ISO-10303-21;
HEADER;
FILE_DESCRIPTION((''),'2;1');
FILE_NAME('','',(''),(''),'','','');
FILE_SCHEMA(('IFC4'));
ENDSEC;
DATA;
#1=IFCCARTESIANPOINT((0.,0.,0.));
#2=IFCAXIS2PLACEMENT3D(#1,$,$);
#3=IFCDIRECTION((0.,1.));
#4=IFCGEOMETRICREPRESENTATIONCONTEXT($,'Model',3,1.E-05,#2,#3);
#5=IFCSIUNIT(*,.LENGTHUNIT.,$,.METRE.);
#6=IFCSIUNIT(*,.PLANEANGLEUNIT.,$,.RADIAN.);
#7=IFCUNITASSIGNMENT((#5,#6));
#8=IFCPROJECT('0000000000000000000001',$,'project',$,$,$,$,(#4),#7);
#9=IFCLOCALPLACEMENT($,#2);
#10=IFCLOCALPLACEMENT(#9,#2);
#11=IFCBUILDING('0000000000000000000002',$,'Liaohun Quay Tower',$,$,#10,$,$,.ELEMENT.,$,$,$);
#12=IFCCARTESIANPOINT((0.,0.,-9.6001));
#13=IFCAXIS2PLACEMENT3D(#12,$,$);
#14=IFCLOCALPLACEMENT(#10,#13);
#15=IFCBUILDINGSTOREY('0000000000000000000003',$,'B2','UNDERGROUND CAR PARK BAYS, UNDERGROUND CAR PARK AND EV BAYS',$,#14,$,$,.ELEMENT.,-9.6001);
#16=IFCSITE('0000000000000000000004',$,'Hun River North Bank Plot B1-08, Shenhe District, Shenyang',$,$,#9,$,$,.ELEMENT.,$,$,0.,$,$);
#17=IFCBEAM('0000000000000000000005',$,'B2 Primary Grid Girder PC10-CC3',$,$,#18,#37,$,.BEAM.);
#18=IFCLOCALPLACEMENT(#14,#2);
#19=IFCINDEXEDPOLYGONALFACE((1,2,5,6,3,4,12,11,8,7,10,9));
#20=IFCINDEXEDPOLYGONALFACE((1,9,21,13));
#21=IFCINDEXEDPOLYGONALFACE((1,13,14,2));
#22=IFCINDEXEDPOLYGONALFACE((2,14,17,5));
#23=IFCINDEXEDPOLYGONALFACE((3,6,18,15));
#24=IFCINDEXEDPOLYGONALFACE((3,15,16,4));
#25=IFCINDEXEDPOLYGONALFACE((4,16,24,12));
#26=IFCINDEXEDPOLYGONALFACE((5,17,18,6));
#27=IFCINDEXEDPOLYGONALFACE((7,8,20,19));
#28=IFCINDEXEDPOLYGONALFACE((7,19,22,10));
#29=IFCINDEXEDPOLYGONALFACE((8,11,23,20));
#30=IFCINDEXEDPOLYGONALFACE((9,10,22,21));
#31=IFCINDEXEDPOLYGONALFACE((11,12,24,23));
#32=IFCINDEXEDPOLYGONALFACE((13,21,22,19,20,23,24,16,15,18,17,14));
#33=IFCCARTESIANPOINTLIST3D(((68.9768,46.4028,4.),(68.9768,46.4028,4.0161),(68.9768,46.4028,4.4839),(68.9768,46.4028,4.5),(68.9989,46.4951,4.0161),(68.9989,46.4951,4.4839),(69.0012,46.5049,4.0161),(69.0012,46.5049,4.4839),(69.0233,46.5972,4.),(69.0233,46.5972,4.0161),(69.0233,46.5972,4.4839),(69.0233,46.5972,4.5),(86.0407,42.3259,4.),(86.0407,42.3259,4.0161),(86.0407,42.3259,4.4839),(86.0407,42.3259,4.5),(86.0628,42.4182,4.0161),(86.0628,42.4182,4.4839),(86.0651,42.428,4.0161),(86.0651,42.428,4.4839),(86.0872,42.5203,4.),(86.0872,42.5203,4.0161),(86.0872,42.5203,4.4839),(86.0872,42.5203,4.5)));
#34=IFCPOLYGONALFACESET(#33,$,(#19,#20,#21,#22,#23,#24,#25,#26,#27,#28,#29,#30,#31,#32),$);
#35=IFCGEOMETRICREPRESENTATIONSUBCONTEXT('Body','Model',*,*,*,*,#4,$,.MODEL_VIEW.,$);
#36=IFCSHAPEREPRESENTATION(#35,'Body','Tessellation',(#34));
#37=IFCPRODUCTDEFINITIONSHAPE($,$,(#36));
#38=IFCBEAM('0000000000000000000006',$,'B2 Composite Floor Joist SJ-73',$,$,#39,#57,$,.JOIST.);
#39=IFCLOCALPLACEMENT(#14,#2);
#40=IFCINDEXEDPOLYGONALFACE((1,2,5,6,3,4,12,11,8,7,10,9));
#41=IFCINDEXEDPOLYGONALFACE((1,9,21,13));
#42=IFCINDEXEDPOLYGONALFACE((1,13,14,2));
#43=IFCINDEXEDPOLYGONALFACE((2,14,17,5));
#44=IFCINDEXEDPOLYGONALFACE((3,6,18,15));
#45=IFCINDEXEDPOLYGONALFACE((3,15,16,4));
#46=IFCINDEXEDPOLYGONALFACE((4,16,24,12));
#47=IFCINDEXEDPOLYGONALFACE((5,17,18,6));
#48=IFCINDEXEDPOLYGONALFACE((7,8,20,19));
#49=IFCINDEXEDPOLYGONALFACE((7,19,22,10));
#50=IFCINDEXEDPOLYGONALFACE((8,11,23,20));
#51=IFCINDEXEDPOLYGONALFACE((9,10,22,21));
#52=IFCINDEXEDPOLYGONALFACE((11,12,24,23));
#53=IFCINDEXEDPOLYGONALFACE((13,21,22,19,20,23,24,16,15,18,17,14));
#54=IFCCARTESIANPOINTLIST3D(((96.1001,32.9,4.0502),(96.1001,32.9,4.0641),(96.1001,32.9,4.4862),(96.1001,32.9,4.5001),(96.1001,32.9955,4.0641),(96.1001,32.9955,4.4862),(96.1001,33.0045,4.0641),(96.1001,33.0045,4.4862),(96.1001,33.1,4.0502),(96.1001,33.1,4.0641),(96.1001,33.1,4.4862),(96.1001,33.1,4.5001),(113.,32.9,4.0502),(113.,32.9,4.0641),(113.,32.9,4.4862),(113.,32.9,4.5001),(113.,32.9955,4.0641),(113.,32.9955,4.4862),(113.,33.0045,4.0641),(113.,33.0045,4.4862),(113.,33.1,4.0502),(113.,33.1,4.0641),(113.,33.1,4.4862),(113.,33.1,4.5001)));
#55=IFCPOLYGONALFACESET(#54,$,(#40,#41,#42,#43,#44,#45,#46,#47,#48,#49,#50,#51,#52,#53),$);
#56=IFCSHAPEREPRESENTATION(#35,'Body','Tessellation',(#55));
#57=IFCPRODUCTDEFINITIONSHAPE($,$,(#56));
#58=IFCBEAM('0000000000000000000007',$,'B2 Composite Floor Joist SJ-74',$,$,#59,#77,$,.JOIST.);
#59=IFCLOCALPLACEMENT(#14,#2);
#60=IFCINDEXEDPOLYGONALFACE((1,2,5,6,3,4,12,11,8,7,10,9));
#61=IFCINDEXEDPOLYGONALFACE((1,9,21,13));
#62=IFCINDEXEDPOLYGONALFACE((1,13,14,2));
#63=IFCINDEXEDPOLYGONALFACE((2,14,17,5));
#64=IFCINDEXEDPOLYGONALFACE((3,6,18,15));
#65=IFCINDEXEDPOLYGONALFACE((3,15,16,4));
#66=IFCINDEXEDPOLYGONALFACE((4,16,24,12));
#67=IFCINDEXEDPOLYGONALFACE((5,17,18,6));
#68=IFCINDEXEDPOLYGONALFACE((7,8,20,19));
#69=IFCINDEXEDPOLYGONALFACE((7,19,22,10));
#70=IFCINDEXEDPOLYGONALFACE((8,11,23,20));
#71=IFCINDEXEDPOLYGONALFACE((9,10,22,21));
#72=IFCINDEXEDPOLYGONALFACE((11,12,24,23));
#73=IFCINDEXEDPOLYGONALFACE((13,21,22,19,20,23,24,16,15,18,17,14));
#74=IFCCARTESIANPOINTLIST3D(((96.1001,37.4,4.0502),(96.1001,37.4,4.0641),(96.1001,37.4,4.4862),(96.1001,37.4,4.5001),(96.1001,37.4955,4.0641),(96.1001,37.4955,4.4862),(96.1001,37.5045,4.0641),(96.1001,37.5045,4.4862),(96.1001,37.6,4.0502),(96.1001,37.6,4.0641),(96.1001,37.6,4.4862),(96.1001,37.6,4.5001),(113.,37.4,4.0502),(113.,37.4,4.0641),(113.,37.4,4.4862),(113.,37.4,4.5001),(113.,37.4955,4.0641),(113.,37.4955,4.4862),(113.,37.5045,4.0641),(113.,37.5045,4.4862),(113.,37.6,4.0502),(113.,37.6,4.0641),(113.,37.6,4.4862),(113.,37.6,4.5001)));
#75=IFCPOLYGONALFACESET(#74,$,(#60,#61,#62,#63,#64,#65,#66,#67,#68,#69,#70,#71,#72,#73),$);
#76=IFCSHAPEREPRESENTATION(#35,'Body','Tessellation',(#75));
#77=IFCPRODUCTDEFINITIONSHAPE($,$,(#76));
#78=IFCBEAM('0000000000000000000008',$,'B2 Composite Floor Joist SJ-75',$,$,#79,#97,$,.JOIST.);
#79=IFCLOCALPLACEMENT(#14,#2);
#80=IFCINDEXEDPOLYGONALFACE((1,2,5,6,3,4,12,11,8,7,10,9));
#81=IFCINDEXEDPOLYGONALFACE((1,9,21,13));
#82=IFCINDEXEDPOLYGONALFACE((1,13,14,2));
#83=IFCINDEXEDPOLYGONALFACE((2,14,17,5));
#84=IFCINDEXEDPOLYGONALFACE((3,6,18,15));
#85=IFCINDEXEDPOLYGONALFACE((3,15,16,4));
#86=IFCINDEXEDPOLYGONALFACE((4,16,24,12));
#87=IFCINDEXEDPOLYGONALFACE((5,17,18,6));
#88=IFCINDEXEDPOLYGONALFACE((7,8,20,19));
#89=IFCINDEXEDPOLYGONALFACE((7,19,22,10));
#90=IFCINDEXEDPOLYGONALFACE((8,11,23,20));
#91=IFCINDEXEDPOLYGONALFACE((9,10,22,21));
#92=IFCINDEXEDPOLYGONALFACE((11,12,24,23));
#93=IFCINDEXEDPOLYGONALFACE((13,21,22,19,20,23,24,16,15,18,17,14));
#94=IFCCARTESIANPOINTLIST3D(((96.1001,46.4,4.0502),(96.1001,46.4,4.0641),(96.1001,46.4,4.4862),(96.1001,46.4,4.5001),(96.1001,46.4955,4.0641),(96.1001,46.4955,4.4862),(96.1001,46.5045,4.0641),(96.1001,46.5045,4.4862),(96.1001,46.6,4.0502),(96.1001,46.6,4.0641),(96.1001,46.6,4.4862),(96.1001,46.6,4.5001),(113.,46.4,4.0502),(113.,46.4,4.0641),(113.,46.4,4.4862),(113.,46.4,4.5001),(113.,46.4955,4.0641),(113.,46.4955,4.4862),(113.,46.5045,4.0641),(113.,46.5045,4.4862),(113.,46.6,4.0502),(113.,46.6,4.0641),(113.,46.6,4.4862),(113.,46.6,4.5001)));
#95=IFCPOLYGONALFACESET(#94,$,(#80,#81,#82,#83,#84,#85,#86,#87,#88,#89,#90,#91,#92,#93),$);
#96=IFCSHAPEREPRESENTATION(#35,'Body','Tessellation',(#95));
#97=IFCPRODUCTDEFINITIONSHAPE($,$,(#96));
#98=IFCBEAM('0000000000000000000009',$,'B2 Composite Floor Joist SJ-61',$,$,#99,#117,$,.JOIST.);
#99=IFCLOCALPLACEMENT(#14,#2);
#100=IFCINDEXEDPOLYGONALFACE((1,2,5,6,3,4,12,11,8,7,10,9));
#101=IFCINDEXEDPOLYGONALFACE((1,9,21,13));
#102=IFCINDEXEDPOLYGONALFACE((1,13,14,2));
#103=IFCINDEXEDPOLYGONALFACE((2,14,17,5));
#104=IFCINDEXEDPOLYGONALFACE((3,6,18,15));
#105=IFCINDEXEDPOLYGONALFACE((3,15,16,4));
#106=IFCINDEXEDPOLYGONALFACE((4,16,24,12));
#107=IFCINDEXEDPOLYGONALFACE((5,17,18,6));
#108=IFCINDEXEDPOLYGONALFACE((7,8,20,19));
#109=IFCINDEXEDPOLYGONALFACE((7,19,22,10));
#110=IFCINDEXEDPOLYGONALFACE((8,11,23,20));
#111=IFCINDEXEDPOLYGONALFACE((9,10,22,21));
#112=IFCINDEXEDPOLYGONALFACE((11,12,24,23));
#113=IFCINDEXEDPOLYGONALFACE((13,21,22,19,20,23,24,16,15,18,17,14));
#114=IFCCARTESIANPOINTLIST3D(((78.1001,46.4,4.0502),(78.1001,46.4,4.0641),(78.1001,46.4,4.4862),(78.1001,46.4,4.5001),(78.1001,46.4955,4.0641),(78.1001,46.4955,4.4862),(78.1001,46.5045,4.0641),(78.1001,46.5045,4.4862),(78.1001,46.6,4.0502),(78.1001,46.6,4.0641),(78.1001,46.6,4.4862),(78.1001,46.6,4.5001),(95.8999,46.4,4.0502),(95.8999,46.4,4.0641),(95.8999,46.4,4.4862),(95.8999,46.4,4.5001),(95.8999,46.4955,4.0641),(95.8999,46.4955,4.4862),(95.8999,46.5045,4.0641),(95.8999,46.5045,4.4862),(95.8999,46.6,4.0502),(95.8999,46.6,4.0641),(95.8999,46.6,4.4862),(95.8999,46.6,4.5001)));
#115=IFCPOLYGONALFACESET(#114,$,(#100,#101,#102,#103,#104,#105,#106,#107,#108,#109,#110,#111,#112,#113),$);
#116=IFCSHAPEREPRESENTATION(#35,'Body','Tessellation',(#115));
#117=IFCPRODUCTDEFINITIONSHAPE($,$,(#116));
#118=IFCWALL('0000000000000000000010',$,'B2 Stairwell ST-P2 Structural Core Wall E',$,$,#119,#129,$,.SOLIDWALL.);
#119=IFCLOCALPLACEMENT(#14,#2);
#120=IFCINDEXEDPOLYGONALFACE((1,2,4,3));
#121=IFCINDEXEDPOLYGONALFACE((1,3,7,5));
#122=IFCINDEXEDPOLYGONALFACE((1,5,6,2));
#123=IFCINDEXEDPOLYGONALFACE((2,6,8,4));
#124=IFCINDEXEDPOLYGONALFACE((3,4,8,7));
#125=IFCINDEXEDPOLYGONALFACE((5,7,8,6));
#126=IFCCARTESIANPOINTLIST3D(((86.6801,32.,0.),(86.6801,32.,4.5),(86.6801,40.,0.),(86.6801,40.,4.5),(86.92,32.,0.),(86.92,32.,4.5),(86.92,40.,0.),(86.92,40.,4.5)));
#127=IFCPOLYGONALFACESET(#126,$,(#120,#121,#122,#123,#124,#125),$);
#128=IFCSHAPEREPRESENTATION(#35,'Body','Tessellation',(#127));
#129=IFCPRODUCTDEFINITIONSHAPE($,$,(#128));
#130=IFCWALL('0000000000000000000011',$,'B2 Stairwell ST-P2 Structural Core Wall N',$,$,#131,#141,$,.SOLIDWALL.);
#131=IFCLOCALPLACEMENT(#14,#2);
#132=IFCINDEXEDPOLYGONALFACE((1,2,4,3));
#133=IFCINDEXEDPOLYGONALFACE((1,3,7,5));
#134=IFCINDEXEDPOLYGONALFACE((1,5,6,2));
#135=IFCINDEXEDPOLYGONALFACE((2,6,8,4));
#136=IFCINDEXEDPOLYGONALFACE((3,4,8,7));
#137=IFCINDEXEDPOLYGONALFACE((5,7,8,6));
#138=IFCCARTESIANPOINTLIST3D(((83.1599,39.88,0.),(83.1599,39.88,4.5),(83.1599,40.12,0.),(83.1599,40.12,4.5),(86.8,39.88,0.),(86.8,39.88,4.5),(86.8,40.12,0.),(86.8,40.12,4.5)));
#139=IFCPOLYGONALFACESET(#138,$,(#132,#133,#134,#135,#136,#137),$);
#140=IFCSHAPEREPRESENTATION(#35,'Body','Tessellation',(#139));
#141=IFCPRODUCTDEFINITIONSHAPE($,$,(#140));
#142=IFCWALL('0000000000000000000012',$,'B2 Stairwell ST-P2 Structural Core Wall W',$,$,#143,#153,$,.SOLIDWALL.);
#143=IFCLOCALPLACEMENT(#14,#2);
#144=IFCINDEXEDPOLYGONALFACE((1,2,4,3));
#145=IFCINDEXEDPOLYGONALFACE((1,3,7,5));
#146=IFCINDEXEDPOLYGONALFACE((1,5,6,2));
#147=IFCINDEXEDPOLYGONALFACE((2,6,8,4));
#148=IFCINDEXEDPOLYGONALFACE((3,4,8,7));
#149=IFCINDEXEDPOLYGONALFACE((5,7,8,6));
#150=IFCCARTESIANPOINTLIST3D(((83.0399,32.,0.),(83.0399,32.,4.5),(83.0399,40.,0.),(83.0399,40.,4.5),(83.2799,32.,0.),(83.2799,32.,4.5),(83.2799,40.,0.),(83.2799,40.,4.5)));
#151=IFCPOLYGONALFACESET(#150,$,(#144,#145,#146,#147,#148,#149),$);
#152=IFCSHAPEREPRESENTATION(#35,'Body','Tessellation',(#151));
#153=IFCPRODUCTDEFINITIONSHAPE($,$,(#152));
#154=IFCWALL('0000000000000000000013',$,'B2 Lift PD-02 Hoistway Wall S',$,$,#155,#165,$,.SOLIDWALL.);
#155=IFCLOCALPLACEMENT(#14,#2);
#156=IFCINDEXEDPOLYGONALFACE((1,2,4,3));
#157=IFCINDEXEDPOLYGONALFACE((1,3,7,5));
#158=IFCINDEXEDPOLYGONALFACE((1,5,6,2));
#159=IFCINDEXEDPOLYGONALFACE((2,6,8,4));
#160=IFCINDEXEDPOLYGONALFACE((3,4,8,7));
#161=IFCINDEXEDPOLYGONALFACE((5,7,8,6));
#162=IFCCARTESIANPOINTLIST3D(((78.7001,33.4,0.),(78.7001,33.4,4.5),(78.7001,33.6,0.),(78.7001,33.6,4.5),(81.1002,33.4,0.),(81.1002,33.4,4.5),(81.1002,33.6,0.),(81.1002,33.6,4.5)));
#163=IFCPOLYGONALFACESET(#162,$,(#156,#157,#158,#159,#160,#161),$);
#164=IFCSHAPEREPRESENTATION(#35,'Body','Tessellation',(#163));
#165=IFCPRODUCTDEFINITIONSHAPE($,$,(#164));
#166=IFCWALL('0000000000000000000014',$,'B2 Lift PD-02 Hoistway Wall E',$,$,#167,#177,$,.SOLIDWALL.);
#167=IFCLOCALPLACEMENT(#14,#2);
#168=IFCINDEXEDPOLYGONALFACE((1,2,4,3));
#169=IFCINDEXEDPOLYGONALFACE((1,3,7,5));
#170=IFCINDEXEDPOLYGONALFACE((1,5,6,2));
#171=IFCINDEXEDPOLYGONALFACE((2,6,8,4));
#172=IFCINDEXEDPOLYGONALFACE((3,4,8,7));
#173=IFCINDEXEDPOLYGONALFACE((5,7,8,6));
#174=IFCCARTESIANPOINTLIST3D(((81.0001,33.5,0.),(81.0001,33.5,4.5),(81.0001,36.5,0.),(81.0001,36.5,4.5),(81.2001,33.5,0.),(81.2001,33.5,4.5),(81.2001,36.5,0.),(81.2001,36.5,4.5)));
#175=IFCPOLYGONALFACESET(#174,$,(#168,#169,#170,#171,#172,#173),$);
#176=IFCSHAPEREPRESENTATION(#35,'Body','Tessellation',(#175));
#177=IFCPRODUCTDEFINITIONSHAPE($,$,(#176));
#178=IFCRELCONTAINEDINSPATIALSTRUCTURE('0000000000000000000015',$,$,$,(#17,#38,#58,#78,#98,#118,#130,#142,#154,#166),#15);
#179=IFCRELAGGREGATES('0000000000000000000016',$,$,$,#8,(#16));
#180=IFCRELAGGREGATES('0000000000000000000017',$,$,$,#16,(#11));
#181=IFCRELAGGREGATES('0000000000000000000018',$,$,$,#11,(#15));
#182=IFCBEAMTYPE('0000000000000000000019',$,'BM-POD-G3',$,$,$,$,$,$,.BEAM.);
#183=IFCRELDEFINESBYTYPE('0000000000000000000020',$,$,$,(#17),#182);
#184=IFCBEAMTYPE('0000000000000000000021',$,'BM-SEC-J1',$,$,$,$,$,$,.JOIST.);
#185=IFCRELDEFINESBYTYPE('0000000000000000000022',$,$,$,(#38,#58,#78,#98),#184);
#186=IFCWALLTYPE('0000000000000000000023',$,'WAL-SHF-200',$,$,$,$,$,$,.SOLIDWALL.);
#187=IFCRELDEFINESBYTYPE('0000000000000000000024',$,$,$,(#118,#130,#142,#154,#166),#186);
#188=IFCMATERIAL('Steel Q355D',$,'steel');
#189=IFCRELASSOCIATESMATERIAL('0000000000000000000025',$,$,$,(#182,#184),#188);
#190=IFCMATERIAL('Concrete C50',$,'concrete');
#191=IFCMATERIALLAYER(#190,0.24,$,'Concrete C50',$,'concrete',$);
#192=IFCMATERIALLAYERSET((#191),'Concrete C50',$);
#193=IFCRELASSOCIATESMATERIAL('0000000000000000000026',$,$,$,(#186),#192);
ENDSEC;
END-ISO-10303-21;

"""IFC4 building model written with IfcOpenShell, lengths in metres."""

from ifc_helpers import new_model, si_unit, direction, frame, frame_2d, origin, origin_2d, place, context, subcontext, project, spatial, rectangle, i_section, extrude, source, transform, mapped, material, layer, layer_set, material_profile, profile_set, type_object, element, save


model = new_model("IFC4")

# Units and contexts
model_context = context("Model", 3, precision=1e-05, world=origin(), true_north=direction((0.0, 1.0)))
body_context = subcontext(model_context, "Body", "Model", "MODEL_VIEW")
ifc_project = project(units=[si_unit("LENGTHUNIT", "METRE"), si_unit("PLANEANGLEUNIT", "RADIAN")], contexts=[model_context])

# Site, building, storey
site_placement = place(None, origin())
site = spatial("IfcSite", under=ifc_project, at=site_placement, Name="Hun River North Bank Plot B1-08, Shenhe District, Shenyang", CompositionType="ELEMENT", RefElevation=0.0)
building_placement = place(site_placement, origin())
building = spatial("IfcBuilding", under=site, at=building_placement, Name="Liaohun Quay Tower", CompositionType="ELEMENT")
storey_placement = place(building_placement, frame((0.0, 0.0, -9.6001)))
storey = spatial("IfcBuildingStorey", under=building, at=storey_placement, Name="B2", Description="UNDERGROUND CAR PARK BAYS, UNDERGROUND CAR PARK AND EV BAYS", CompositionType="ELEMENT", Elevation=-9.6001)

# Beams
ifc_material_1 = material(Name="Concrete C50", Category="concrete")
ifc_material_2 = material(Name="Steel Q355D", Category="steel")
ifc_material_profile_1 = material_profile(ifc_material_2, i_section(OverallWidth=0.2, OverallDepth=0.5, WebThickness=0.01, FlangeThickness=0.0161, at=origin_2d()), Name="HN500x200x10x16")
ifc_profile_set_1 = profile_set([ifc_material_profile_1], Name="Steel Q355D")
beam_type_1 = type_object("IfcBeamType", Name="BM-POD-G3", PredefinedType="BEAM", material=ifc_profile_set_1)
shared_shape_1 = source(origin(), body_context, "Body", "SweptSolid", [
    extrude(i_section(OverallWidth=0.2, OverallDepth=0.5, WebThickness=0.01, FlangeThickness=0.0161, at=origin_2d()), origin(), (0.0, 0.0, 1.0), 17.5442),
])
beam_1_placement = place(storey_placement, frame((86.064, 42.4231, 4.25), z_axis=(-0.972625, 0.232379, 0.0), x_axis=(-0.232379, -0.972625, 0.0)))
element("IfcBeam", 1, at=beam_1_placement, inside=storey, type_object=beam_type_1, Name="B2 Primary Grid Girder PC10-CC3", PredefinedType="BEAM", context=body_context, shape_type="MappedRepresentation", body=[
    mapped(shared_shape_1, transform((0.0, 0.0, 0.0), x_axis=(1.0, 0.0, 0.0), y_axis=(0.0, 1.0, 0.0), z_axis=(0.0, 0.0, 1.0), scale=1.0)),
])
ifc_material_profile_2 = material_profile(ifc_material_2, i_section(OverallWidth=0.2, OverallDepth=0.45, WebThickness=0.009, FlangeThickness=0.0139, at=origin_2d()), Name="HN450x200x9x14")
ifc_profile_set_2 = profile_set([ifc_material_profile_2], Name="Steel Q355D")
beam_type_2 = type_object("IfcBeamType", Name="BM-SEC-J1", PredefinedType="JOIST", material=ifc_profile_set_2)
shared_shape_2 = source(origin(), body_context, "Body", "SweptSolid", [
    extrude(i_section(OverallWidth=0.2, OverallDepth=0.45, WebThickness=0.009, FlangeThickness=0.0139, at=origin_2d()), origin(), (0.0, 0.0, 1.0), 16.8999),
])
for number, where, z_axis, x_axis, name in (
    (2, (96.1001, 33.0, 4.2751), (1.0, 0.0, 0.0), (0.0, 1.0, 0.0), "B2 Composite Floor Joist SJ-73"),
    (3, (96.1001, 37.5, 4.2751), (1.0, 0.0, 0.0), (0.0, 1.0, 0.0), "B2 Composite Floor Joist SJ-74"),
    (4, (96.1001, 46.5, 4.2751), (1.0, 0.0, 0.0), (0.0, 1.0, 0.0), "B2 Composite Floor Joist SJ-75"),
):
    element("IfcBeam", number, at=place(storey_placement, frame(where, z_axis=z_axis, x_axis=x_axis)), inside=storey, type_object=beam_type_2, Name=name, PredefinedType="JOIST", context=body_context, shape_type="MappedRepresentation", body=[
        mapped(shared_shape_2, transform((0.0, 0.0, 0.0), x_axis=(1.0, 0.0, 0.0), y_axis=(0.0, 1.0, 0.0), z_axis=(0.0, 0.0, 1.0), scale=1.0)),
    ])
shared_shape_3 = source(origin(), body_context, "Body", "SweptSolid", [
    extrude(i_section(OverallWidth=0.2, OverallDepth=0.45, WebThickness=0.009, FlangeThickness=0.0139, at=origin_2d()), origin(), (0.0, 0.0, 1.0), 17.7998),
])
beam_2_placement = place(storey_placement, frame((78.1001, 46.5, 4.2751), z_axis=(1.0, 0.0, 0.0), x_axis=(0.0, 1.0, 0.0)))
element("IfcBeam", 5, at=beam_2_placement, inside=storey, type_object=beam_type_2, Name="B2 Composite Floor Joist SJ-61", PredefinedType="JOIST", context=body_context, shape_type="MappedRepresentation", body=[
    mapped(shared_shape_3, transform((0.0, 0.0, 0.0), x_axis=(1.0, 0.0, 0.0), y_axis=(0.0, 1.0, 0.0), z_axis=(0.0, 0.0, 1.0), scale=1.0)),
])

# Walls
ifc_layer = layer(ifc_material_1, 0.24, Name="Concrete C50", Category="concrete")
ifc_layer_set = layer_set([ifc_layer], Name="Concrete C50")
wall_type = type_object("IfcWallType", Name="WAL-SHF-200", PredefinedType="SOLIDWALL", material=ifc_layer_set)
wall_1_placement = place(storey_placement, frame((86.8, 32.0, 0.0), z_axis=(0.0, 0.0, 1.0), x_axis=(0.0, 1.0, 0.0)))
element("IfcWall", 6, at=wall_1_placement, inside=storey, type_object=wall_type, Name="B2 Stairwell ST-P2 Structural Core Wall E", PredefinedType="SOLIDWALL", context=body_context, shape_type="SweptSolid", body=[
    extrude(rectangle(XDim=8.0, YDim=0.24, at=frame_2d((4.0, 0.0))), origin(), (0.0, 0.0, 1.0), 4.5),
])
wall_2_placement = place(storey_placement, frame((86.8, 40.0, 0.0), z_axis=(0.0, 0.0, 1.0), x_axis=(-1.0, 0.0, 0.0)))
element("IfcWall", 7, at=wall_2_placement, inside=storey, type_object=wall_type, Name="B2 Stairwell ST-P2 Structural Core Wall N", PredefinedType="SOLIDWALL", context=body_context, shape_type="SweptSolid", body=[
    extrude(rectangle(XDim=3.6401, YDim=0.24, at=frame_2d((1.8201, 0.0))), origin(), (0.0, 0.0, 1.0), 4.5),
])
wall_3_placement = place(storey_placement, frame((83.1599, 40.0, 0.0), z_axis=(0.0, 0.0, 1.0), x_axis=(0.0, -1.0, 0.0)))
element("IfcWall", 8, at=wall_3_placement, inside=storey, type_object=wall_type, Name="B2 Stairwell ST-P2 Structural Core Wall W", PredefinedType="SOLIDWALL", context=body_context, shape_type="SweptSolid", body=[
    extrude(rectangle(XDim=8.0, YDim=0.24, at=frame_2d((4.0, 0.0))), origin(), (0.0, 0.0, 1.0), 4.5),
])
wall_4_placement = place(storey_placement, frame((78.7, 33.5, 0.0), z_axis=(0.0, 0.0, 1.0), x_axis=(1.0, 0.0, 0.0)))
element("IfcWall", 9, at=wall_4_placement, inside=storey, type_object=wall_type, Name="B2 Lift PD-02 Hoistway Wall S", PredefinedType="SOLIDWALL", context=body_context, shape_type="SweptSolid", body=[
    extrude(rectangle(XDim=2.4001, YDim=0.2, at=frame_2d((1.2002, 0.0))), origin(), (0.0, 0.0, 1.0), 4.5),
])
wall_5_placement = place(storey_placement, frame((81.1001, 33.5, 0.0), z_axis=(0.0, 0.0, 1.0), x_axis=(0.0, 1.0, 0.0)))
element("IfcWall", 10, at=wall_5_placement, inside=storey, type_object=wall_type, Name="B2 Lift PD-02 Hoistway Wall E", PredefinedType="SOLIDWALL", context=body_context, shape_type="SweptSolid", body=[
    extrude(rectangle(XDim=3.0, YDim=0.2, at=frame_2d((1.5, 0.0))), origin(), (0.0, 0.0, 1.0), 4.5),
])

save(model, "model.ifc")
